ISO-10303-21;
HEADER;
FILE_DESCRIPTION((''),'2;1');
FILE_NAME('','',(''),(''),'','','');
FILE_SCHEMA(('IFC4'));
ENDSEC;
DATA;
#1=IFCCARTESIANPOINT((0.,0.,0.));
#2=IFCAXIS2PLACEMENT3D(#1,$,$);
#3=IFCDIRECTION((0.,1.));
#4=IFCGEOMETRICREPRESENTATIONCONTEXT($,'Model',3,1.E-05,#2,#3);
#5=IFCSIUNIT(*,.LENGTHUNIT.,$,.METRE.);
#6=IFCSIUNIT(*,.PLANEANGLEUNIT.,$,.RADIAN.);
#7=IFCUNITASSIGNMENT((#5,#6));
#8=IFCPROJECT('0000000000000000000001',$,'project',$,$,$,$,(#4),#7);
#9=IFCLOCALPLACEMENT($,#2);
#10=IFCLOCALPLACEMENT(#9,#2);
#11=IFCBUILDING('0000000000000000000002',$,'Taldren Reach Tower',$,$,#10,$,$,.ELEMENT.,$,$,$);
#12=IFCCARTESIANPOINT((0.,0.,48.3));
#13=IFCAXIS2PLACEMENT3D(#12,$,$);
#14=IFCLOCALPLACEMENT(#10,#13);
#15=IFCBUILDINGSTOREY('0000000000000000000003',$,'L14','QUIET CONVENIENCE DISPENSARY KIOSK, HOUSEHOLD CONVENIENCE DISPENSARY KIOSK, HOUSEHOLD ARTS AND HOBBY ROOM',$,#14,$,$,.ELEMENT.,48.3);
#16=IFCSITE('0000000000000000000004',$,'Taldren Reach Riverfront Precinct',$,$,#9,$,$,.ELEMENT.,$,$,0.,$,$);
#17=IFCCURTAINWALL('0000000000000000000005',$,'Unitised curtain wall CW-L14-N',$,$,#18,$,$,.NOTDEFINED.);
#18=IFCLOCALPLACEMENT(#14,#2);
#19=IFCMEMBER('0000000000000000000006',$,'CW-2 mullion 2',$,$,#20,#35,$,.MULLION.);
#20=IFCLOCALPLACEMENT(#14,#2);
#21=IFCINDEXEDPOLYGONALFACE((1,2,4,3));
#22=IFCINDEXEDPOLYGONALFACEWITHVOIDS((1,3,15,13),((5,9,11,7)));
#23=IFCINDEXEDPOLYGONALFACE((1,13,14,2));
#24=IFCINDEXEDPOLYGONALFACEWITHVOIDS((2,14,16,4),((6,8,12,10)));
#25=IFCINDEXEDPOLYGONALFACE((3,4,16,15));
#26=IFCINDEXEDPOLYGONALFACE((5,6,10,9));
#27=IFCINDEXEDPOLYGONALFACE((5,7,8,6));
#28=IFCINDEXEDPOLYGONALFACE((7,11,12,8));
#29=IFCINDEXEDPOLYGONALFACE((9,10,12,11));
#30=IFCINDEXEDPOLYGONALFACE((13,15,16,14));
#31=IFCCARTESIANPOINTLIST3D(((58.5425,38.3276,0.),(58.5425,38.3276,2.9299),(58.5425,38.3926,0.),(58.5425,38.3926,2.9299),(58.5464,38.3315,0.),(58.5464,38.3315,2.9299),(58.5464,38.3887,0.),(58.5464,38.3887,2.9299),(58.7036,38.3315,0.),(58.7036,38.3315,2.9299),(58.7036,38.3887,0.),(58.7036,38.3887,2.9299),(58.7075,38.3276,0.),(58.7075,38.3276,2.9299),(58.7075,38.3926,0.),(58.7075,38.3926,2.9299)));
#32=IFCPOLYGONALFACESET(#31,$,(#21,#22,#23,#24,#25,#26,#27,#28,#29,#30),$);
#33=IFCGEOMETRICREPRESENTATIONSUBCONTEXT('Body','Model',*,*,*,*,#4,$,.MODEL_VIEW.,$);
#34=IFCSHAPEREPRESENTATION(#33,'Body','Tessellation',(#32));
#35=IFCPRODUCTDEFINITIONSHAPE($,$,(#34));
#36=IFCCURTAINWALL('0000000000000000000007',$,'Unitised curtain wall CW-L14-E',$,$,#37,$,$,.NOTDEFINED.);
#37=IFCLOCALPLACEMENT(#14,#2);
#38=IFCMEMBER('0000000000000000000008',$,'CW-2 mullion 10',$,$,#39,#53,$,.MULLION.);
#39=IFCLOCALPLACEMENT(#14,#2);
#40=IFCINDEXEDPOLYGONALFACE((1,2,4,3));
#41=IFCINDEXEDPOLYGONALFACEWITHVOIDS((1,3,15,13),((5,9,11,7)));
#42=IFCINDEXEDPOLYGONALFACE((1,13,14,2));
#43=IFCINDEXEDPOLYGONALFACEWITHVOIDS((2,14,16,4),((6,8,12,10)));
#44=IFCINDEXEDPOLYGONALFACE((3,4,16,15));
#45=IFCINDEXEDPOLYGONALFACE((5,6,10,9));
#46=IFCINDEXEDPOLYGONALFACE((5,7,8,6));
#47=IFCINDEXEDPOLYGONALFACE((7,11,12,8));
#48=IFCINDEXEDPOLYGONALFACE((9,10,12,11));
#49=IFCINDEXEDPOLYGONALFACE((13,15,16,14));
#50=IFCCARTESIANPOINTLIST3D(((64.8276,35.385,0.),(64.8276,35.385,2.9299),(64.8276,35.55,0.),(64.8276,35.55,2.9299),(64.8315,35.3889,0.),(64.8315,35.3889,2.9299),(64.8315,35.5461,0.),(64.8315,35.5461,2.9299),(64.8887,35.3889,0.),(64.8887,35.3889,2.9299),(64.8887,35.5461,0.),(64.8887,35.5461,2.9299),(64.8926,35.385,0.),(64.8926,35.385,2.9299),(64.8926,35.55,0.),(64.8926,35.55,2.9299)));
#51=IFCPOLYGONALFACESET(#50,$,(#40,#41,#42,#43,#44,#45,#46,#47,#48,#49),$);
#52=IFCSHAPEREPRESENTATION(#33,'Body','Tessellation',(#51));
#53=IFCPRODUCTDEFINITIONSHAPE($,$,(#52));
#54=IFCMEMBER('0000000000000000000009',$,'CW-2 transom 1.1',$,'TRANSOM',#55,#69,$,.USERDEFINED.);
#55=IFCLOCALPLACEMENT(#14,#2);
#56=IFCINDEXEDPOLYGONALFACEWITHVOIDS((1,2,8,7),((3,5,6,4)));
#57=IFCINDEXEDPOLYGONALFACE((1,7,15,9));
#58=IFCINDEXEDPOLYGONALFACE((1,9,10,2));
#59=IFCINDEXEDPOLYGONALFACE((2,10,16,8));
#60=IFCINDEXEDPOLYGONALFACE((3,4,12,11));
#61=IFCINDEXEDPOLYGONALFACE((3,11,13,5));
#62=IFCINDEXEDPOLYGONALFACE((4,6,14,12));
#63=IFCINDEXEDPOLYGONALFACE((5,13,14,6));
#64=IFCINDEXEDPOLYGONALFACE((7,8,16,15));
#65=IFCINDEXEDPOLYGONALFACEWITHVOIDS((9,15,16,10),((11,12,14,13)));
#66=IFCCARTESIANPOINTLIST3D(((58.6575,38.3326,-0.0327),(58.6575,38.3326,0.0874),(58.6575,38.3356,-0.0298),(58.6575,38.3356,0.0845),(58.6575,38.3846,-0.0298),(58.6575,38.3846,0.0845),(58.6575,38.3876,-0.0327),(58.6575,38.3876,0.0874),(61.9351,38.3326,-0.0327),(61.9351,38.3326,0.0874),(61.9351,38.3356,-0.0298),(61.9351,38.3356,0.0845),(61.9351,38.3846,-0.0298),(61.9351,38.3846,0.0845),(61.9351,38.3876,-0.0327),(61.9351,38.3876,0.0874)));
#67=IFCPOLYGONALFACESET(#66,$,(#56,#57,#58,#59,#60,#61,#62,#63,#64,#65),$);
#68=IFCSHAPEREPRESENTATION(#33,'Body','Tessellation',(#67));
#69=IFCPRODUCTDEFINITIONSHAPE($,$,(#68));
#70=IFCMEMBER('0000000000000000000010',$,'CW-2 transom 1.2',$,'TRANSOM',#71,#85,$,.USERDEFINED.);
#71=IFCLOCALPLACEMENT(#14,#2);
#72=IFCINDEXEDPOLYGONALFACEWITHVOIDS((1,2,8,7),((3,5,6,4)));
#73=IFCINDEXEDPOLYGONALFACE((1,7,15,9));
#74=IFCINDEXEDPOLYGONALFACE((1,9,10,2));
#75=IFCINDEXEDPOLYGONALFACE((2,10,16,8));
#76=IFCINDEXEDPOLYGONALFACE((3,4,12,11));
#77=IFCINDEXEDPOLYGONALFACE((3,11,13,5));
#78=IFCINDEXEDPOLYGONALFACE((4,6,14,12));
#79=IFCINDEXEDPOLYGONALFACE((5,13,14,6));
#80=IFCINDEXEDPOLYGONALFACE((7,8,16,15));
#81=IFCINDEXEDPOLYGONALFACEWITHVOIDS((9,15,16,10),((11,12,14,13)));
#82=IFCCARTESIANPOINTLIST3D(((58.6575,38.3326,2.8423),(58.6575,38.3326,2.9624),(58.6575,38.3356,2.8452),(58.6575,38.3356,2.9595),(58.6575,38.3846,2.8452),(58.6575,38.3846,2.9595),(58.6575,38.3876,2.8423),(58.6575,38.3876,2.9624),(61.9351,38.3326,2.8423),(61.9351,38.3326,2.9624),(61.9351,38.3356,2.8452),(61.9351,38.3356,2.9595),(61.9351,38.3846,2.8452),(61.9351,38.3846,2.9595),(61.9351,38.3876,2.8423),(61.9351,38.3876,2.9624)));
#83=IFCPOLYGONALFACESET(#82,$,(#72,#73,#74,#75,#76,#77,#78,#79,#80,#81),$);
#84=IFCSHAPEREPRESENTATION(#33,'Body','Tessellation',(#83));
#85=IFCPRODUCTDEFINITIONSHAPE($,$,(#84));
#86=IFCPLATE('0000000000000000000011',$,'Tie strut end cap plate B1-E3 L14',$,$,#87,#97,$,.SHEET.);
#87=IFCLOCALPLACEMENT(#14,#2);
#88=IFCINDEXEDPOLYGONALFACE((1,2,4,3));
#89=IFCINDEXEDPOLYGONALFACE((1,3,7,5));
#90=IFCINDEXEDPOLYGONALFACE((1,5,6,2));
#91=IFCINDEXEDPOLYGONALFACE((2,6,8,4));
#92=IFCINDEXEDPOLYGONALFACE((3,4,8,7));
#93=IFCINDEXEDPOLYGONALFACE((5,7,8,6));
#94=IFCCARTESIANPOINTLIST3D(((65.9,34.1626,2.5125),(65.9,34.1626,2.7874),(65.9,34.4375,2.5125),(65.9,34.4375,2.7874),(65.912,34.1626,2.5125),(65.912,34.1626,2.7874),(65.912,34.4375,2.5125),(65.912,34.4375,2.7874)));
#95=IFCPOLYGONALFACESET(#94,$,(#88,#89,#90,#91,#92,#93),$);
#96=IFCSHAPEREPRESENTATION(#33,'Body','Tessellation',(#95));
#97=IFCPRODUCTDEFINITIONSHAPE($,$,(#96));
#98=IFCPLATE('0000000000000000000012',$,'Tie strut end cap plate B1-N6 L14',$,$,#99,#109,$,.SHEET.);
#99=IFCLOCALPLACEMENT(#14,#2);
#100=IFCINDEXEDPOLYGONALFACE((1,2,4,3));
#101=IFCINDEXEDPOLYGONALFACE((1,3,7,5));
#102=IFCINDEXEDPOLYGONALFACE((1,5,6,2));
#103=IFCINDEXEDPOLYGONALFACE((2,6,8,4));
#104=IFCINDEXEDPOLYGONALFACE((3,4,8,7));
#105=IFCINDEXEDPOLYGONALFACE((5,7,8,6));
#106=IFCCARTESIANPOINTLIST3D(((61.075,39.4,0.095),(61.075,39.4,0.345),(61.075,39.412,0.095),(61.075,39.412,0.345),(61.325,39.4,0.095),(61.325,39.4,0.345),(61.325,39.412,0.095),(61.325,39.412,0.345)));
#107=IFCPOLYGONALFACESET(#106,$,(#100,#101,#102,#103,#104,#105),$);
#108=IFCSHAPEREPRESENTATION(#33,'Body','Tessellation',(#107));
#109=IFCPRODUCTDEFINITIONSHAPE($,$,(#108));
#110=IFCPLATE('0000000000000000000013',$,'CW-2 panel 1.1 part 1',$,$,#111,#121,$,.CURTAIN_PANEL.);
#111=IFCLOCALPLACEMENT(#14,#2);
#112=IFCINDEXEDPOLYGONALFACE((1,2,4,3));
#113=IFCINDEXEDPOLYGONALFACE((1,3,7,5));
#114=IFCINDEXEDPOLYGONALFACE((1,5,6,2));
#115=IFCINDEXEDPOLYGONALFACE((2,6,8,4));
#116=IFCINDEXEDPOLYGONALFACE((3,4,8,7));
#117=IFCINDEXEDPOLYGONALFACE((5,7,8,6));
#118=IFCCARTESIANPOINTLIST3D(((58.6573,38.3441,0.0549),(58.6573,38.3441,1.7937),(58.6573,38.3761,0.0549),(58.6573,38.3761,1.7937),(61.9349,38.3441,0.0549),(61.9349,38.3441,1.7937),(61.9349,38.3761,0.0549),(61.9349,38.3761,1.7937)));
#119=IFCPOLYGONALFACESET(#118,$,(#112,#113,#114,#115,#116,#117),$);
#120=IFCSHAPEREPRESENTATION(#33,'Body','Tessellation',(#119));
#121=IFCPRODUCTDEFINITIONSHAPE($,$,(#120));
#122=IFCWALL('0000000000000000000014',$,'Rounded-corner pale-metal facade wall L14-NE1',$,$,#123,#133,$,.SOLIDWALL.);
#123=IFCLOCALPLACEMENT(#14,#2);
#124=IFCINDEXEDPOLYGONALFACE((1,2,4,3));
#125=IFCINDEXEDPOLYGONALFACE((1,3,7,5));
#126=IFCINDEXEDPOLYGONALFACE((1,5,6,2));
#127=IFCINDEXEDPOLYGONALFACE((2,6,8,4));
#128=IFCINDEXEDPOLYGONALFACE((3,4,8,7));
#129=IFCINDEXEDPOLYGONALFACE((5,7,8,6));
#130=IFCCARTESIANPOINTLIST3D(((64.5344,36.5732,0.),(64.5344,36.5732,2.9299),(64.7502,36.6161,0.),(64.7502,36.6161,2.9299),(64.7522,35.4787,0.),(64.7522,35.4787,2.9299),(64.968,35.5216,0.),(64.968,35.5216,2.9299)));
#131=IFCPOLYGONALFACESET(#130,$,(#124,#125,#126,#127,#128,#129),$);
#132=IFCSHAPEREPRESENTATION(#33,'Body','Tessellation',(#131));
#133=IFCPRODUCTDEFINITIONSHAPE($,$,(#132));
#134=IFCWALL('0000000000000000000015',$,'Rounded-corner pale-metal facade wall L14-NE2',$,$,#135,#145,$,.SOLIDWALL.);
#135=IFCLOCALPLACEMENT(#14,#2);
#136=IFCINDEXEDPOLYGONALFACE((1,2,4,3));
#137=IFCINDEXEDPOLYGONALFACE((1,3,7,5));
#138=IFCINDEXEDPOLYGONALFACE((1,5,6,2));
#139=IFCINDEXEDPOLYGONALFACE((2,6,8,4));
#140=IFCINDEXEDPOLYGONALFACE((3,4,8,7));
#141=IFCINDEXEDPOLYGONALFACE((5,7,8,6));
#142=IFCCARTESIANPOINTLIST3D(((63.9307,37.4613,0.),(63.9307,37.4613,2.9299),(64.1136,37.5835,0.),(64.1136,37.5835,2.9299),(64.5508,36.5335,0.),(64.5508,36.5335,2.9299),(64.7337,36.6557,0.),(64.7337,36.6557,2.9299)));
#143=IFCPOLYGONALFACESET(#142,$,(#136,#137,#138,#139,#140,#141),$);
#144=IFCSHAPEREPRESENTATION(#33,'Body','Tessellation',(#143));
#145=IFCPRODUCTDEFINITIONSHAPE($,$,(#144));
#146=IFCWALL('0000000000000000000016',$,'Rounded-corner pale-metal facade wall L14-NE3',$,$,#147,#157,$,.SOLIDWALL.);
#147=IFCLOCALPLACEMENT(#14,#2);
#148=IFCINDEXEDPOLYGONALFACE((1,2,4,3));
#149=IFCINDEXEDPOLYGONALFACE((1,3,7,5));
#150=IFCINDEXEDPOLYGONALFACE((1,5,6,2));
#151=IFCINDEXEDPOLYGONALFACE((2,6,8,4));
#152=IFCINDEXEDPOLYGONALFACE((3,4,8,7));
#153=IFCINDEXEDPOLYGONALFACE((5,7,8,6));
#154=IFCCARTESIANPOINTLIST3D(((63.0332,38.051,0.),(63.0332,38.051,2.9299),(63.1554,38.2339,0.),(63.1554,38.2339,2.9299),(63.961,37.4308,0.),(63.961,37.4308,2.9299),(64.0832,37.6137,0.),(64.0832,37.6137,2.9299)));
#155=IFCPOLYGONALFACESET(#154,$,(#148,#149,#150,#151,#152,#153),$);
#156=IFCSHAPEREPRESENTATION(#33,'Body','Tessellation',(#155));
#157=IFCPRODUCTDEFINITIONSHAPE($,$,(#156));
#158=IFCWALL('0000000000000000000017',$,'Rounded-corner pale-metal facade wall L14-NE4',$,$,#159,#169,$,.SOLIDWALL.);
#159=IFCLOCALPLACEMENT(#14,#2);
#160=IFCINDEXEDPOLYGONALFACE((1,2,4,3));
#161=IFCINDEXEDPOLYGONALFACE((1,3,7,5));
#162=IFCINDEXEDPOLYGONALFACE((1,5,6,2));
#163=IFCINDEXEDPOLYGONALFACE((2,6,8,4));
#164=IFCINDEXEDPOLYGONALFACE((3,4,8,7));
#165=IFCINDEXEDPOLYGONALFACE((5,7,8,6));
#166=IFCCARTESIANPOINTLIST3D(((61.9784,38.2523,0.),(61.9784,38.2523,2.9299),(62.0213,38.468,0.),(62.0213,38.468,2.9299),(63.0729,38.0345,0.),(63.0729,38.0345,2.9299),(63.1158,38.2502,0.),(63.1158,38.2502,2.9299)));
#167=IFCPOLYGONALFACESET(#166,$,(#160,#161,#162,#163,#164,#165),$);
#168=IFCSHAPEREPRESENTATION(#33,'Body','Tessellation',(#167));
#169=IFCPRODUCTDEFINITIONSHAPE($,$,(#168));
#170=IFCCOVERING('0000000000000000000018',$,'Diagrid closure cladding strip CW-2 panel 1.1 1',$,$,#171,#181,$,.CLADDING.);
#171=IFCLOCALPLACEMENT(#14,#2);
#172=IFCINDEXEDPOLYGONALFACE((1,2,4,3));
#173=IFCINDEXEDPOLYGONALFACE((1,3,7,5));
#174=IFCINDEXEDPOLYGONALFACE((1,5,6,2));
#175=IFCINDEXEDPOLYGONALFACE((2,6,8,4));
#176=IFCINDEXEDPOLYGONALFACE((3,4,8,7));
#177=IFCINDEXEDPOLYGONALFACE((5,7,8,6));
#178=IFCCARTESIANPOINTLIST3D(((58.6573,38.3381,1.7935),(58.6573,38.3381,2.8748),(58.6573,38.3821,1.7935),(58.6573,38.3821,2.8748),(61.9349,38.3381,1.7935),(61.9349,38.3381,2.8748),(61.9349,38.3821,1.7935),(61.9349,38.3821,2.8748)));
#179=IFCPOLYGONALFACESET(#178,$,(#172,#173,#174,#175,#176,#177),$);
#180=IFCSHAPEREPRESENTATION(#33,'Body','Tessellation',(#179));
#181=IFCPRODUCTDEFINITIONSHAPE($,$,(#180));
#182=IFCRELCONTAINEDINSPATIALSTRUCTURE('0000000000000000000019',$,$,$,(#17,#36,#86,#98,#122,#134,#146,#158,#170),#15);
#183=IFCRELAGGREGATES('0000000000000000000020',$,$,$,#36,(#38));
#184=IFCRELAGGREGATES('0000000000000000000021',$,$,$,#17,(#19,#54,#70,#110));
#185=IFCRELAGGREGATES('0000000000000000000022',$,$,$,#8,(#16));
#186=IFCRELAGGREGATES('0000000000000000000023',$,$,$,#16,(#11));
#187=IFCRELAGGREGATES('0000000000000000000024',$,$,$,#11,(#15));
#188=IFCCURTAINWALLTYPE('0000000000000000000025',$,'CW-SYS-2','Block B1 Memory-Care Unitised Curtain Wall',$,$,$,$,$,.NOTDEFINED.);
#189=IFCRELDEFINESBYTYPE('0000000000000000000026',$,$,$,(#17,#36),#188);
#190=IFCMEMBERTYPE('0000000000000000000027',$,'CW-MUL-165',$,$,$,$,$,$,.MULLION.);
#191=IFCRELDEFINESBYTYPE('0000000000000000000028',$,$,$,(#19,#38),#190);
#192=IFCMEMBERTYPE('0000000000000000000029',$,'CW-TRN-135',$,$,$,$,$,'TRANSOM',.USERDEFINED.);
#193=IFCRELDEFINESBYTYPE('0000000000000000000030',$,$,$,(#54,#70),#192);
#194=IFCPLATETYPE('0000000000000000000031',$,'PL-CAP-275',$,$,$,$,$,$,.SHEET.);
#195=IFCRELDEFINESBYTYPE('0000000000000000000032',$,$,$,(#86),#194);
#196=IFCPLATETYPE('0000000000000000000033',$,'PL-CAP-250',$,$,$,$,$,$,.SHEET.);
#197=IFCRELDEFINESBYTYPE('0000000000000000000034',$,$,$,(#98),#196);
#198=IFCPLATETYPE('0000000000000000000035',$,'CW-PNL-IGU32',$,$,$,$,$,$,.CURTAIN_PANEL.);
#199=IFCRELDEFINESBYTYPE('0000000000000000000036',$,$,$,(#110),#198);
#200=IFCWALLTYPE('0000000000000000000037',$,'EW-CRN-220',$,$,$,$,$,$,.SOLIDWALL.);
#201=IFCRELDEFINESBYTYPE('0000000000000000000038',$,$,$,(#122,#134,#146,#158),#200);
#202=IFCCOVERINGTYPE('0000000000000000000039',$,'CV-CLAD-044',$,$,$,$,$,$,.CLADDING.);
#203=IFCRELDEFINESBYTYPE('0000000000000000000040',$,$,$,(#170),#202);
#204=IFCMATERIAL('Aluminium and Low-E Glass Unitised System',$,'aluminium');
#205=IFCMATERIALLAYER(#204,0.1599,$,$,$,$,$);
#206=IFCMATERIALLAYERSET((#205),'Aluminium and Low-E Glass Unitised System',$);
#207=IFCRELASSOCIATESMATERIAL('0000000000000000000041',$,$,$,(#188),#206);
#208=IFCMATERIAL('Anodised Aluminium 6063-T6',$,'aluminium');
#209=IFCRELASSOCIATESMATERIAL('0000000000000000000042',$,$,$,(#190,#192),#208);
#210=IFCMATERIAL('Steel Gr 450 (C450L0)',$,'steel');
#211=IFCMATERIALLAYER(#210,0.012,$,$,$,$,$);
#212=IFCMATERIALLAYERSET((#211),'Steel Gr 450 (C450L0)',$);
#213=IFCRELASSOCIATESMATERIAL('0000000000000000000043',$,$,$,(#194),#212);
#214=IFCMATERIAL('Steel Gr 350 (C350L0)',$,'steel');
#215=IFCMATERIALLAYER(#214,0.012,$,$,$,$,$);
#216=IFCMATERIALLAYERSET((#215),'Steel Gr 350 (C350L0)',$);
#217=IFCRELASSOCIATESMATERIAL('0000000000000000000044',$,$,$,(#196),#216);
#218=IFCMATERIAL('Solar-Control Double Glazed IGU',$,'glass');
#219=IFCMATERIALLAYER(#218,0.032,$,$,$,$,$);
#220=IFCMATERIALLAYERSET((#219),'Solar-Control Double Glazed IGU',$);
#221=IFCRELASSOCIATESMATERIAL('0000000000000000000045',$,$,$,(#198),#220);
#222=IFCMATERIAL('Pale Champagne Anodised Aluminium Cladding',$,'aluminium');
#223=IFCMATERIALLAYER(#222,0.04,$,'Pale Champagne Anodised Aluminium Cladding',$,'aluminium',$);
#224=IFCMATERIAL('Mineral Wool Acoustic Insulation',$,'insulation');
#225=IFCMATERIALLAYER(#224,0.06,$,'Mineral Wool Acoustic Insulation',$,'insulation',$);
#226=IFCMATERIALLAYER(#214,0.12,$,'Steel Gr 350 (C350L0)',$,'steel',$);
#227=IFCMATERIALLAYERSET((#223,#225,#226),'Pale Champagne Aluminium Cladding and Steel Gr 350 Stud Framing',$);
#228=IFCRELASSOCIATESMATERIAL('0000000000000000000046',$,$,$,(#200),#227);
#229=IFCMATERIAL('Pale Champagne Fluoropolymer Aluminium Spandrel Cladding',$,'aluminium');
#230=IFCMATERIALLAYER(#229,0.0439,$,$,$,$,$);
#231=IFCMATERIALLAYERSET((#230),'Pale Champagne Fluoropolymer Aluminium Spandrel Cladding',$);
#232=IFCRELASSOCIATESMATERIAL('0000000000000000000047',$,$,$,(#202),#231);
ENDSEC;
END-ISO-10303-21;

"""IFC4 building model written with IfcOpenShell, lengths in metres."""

from ifc_helpers import new_model, si_unit, direction, frame, frame_2d, origin, origin_2d, place, context, subcontext, project, spatial, rectangle, hollow_rectangle, extrude, source, transform, mapped, material, layer, layer_set, material_profile, profile_set, type_object, element, aggregate, save


model = new_model("IFC4")

# Units and contexts
model_context = context("Model", 3, precision=1e-05, world=origin(), true_north=direction((0.0, 1.0)))
body_context = subcontext(model_context, "Body", "Model", "MODEL_VIEW")
ifc_project = project(units=[si_unit("LENGTHUNIT", "METRE"), si_unit("PLANEANGLEUNIT", "RADIAN")], contexts=[model_context])

# Site, building, storey
site_placement = place(None, origin())
site = spatial("IfcSite", under=ifc_project, at=site_placement, Name="Taldren Reach Riverfront Precinct", CompositionType="ELEMENT", RefElevation=0.0)
building_placement = place(site_placement, origin())
building = spatial("IfcBuilding", under=site, at=building_placement, Name="Taldren Reach Tower", CompositionType="ELEMENT")
storey_placement = place(building_placement, frame((0.0, 0.0, 48.3)))
storey = spatial("IfcBuildingStorey", under=building, at=storey_placement, Name="L14", Description="QUIET CONVENIENCE DISPENSARY KIOSK, HOUSEHOLD CONVENIENCE DISPENSARY KIOSK, HOUSEHOLD ARTS AND HOBBY ROOM", CompositionType="ELEMENT", Elevation=48.3)

# Shared definitions
ifc_material_1 = material(Name="Steel Gr 450 (C450L0)", Category="steel")
ifc_material_2 = material(Name="Steel Gr 350 (C350L0)", Category="steel")

# Curtain wall, member
ifc_material_3 = material(Name="Aluminium and Low-E Glass Unitised System", Category="aluminium")
ifc_layer_1 = layer(ifc_material_3, 0.1599)
ifc_layer_set_1 = layer_set([ifc_layer_1], Name="Aluminium and Low-E Glass Unitised System")
curtain_wall_type = type_object("IfcCurtainWallType", Name="CW-SYS-2", Description="Block B1 Memory-Care Unitised Curtain Wall", PredefinedType="NOTDEFINED", material=ifc_layer_set_1)
curtain_wall_1_placement = place(storey_placement, origin())
curtain_wall_1 = element("IfcCurtainWall", 1, at=curtain_wall_1_placement, inside=storey, type_object=curtain_wall_type, Name="Unitised curtain wall CW-L14-N", PredefinedType="NOTDEFINED")
ifc_material_4 = material(Name="Anodised Aluminium 6063-T6", Category="aluminium")
ifc_material_profile_1 = material_profile(ifc_material_4, hollow_rectangle(XDim=0.0649, YDim=0.165, WallThickness=0.0039, at=origin_2d()), Name="ALU-165x65x4RHS")
ifc_profile_set_1 = profile_set([ifc_material_profile_1], Name="Anodised Aluminium 6063-T6")
member_type_1 = type_object("IfcMemberType", Name="CW-MUL-165", PredefinedType="MULLION", material=ifc_profile_set_1)
shared_shape_1 = source(origin(), body_context, "Body", "SweptSolid", [
    extrude(hollow_rectangle(XDim=0.0649, YDim=0.165, WallThickness=0.0039, at=origin_2d()), origin(), (0.0, 0.0, 1.0), 2.9299),
])
member_1_placement = place(storey_placement, frame((58.625, 38.3601, 0.0), z_axis=(0.0, 0.0, 1.0), x_axis=(0.0, -1.0, 0.0)))
member_1 = element("IfcMember", 2, at=member_1_placement, type_object=member_type_1, Name="CW-2 mullion 2", PredefinedType="MULLION", context=body_context, shape_type="MappedRepresentation", body=[
    mapped(shared_shape_1, transform((0.0, 0.0, 0.0), scale=1.0)),
])

# Curtain wall, member
curtain_wall_2_placement = place(storey_placement, origin())
curtain_wall_2 = element("IfcCurtainWall", 3, at=curtain_wall_2_placement, inside=storey, type_object=curtain_wall_type, Name="Unitised curtain wall CW-L14-E", PredefinedType="NOTDEFINED")
member_2_placement = place(storey_placement, frame((64.8601, 35.4675, 0.0), z_axis=(0.0, 0.0, 1.0), x_axis=(-1.0, 0.0, 0.0)))
member_2 = element("IfcMember", 4, at=member_2_placement, type_object=member_type_1, Name="CW-2 mullion 10", PredefinedType="MULLION", context=body_context, shape_type="MappedRepresentation", body=[
    mapped(shared_shape_1, transform((0.0, 0.0, 0.0), scale=1.0)),
])
aggregate(curtain_wall_2, [member_2])

# Members
ifc_material_profile_2 = material_profile(ifc_material_4, hollow_rectangle(XDim=0.0549, YDim=0.1201, WallThickness=0.0029, at=origin_2d()), Name="ALU-120x55x3RHS")
ifc_profile_set_2 = profile_set([ifc_material_profile_2], Name="Anodised Aluminium 6063-T6")
member_type_2 = type_object("IfcMemberType", Name="CW-TRN-135", ElementType="TRANSOM", PredefinedType="USERDEFINED", material=ifc_profile_set_2)
shared_shape_2 = source(origin(), body_context, "Body", "SweptSolid", [
    extrude(hollow_rectangle(XDim=0.0549, YDim=0.1201, WallThickness=0.0029, at=origin_2d()), origin(), (0.0, 0.0, 1.0), 3.2776),
])
member_3_placement = place(storey_placement, frame((61.9351, 38.3601, 0.0273), z_axis=(-1.0, 0.0, 0.0), x_axis=(0.0, -1.0, 0.0)))
member_3 = element("IfcMember", 5, at=member_3_placement, type_object=member_type_2, Name="CW-2 transom 1.1", ObjectType="TRANSOM", PredefinedType="USERDEFINED", context=body_context, shape_type="MappedRepresentation", body=[
    mapped(shared_shape_2, transform((0.0, 0.0, 0.0), scale=1.0)),
])
member_4_placement = place(storey_placement, frame((61.9351, 38.3601, 2.9023), z_axis=(-1.0, 0.0, 0.0), x_axis=(0.0, -1.0, 0.0)))
member_4 = element("IfcMember", 6, at=member_4_placement, type_object=member_type_2, Name="CW-2 transom 1.2", ObjectType="TRANSOM", PredefinedType="USERDEFINED", context=body_context, shape_type="MappedRepresentation", body=[
    mapped(shared_shape_2, transform((0.0, 0.0, 0.0), scale=1.0)),
])

# Plates
ifc_layer_2 = layer(ifc_material_1, 0.012)
ifc_layer_set_2 = layer_set([ifc_layer_2], Name="Steel Gr 450 (C450L0)")
plate_type_1 = type_object("IfcPlateType", Name="PL-CAP-275", PredefinedType="SHEET", material=ifc_layer_set_2)
shared_shape_3 = source(origin(), body_context, "Body", "SweptSolid", [
    extrude(rectangle(XDim=0.012, YDim=0.2749, at=origin_2d()), origin(), (0.0, 0.0, 1.0), 0.2749),
])
plate_1_placement = place(storey_placement, frame((65.906, 34.3, 2.5125), z_axis=(0.0, 0.0, 1.0), x_axis=(1.0, 0.0, 0.0)))
element("IfcPlate", 7, at=plate_1_placement, inside=storey, type_object=plate_type_1, Name="Tie strut end cap plate B1-E3 L14", PredefinedType="SHEET", context=body_context, shape_type="MappedRepresentation", body=[
    mapped(shared_shape_3, transform((0.0, 0.0, 0.0), scale=1.0)),
])
ifc_layer_3 = layer(ifc_material_2, 0.012)
ifc_layer_set_3 = layer_set([ifc_layer_3], Name="Steel Gr 350 (C350L0)")
plate_type_2 = type_object("IfcPlateType", Name="PL-CAP-250", PredefinedType="SHEET", material=ifc_layer_set_3)
shared_shape_4 = source(origin(), body_context, "Body", "SweptSolid", [
    extrude(rectangle(XDim=0.25, YDim=0.012, at=origin_2d()), origin(), (0.0, 0.0, 1.0), 0.25),
])
plate_2_placement = place(storey_placement, frame((61.2, 39.406, 0.095), z_axis=(0.0, 0.0, 1.0), x_axis=(1.0, 0.0, 0.0)))
element("IfcPlate", 8, at=plate_2_placement, inside=storey, type_object=plate_type_2, Name="Tie strut end cap plate B1-N6 L14", PredefinedType="SHEET", context=body_context, shape_type="MappedRepresentation", body=[
    mapped(shared_shape_4, transform((0.0, 0.0, 0.0), scale=1.0)),
])

# Plate
ifc_material_5 = material(Name="Solar-Control Double Glazed IGU", Category="glass")
ifc_layer_4 = layer(ifc_material_5, 0.032)
ifc_layer_set_4 = layer_set([ifc_layer_4], Name="Solar-Control Double Glazed IGU")
plate_type_3 = type_object("IfcPlateType", Name="CW-PNL-IGU32", PredefinedType="CURTAIN_PANEL", material=ifc_layer_set_4)
shared_shape_5 = source(origin(), body_context, "Body", "SweptSolid", [
    extrude(rectangle(XDim=3.2776, YDim=0.032, at=origin_2d()), origin(), (0.0, 0.0, 1.0), 1.7388),
])
plate_3_placement = place(storey_placement, frame((60.2961, 38.3601, 0.0549), z_axis=(0.0, 0.0, 1.0), x_axis=(-1.0, 0.0, 0.0)))
plate_3 = element("IfcPlate", 9, at=plate_3_placement, type_object=plate_type_3, Name="CW-2 panel 1.1 part 1", PredefinedType="CURTAIN_PANEL", context=body_context, shape_type="MappedRepresentation", body=[
    mapped(shared_shape_5, transform((0.0, 0.0, 0.0), scale=1.0)),
])
aggregate(curtain_wall_1, [member_1, member_3, member_4, plate_3])

# Walls
ifc_material_6 = material(Name="Pale Champagne Anodised Aluminium Cladding", Category="aluminium")
ifc_layer_5 = layer(ifc_material_6, 0.04, Name="Pale Champagne Anodised Aluminium Cladding", Category="aluminium")
ifc_material_7 = material(Name="Mineral Wool Acoustic Insulation", Category="insulation")
ifc_layer_6 = layer(ifc_material_7, 0.06, Name="Mineral Wool Acoustic Insulation", Category="insulation")
ifc_layer_7 = layer(ifc_material_2, 0.12, Name="Steel Gr 350 (C350L0)", Category="steel")
ifc_layer_set_5 = layer_set([ifc_layer_5, ifc_layer_6, ifc_layer_7], Name="Pale Champagne Aluminium Cladding and Steel Gr 350 Stud Framing")
wall_type = type_object("IfcWallType", Name="EW-CRN-220", PredefinedType="SOLIDWALL", material=ifc_layer_set_5)
shared_shape_6 = source(origin(), body_context, "Body", "SweptSolid", [
    extrude(rectangle(XDim=1.116, YDim=0.22, at=frame_2d((0.5581, 0.0))), origin(), (0.0, 0.0, 1.0), 2.9299),
])
for number, where, z_axis, x_axis, name in (
    (10, (64.8601, 35.5, 0.0), (0.0, 0.0, 1.0), (-0.195148, 0.980774, 0.0), "Rounded-corner pale-metal facade wall L14-NE1"),
    (11, (64.6423, 36.5945, 0.0), (0.0, 0.0, 1.0), (-0.55571, 0.831377, 0.0), "Rounded-corner pale-metal facade wall L14-NE2"),
    (12, (64.0222, 37.5222, 0.0), (0.0, 0.0, 1.0), (-0.831377, 0.55571, 0.0), "Rounded-corner pale-metal facade wall L14-NE3"),
    (13, (63.0945, 38.1423, 0.0), (0.0, 0.0, 1.0), (-0.980774, 0.195148, 0.0), "Rounded-corner pale-metal facade wall L14-NE4"),
):
    element("IfcWall", number, at=place(storey_placement, frame(where, z_axis=z_axis, x_axis=x_axis)), inside=storey, type_object=wall_type, Name=name, PredefinedType="SOLIDWALL", context=body_context, shape_type="MappedRepresentation", body=[
        mapped(shared_shape_6, transform((0.0, 0.0, 0.0), scale=1.0)),
    ])

# Covering
ifc_material_8 = material(Name="Pale Champagne Fluoropolymer Aluminium Spandrel Cladding", Category="aluminium")
ifc_layer_8 = layer(ifc_material_8, 0.0439)
ifc_layer_set_6 = layer_set([ifc_layer_8], Name="Pale Champagne Fluoropolymer Aluminium Spandrel Cladding")
covering_type = type_object("IfcCoveringType", Name="CV-CLAD-044", PredefinedType="CLADDING", material=ifc_layer_set_6)
shared_shape_7 = source(origin(), body_context, "Body", "SweptSolid", [
    extrude(rectangle(XDim=3.2776, YDim=0.0439, at=origin_2d()), origin(), (0.0, 0.0, 1.0), 1.0813),
])
covering_placement = place(storey_placement, frame((60.2961, 38.3601, 1.7935), z_axis=(0.0, 0.0, 1.0), x_axis=(-1.0, 0.0, 0.0)))
element("IfcCovering", 14, at=covering_placement, inside=storey, type_object=covering_type, Name="Diagrid closure cladding strip CW-2 panel 1.1 1", PredefinedType="CLADDING", context=body_context, shape_type="MappedRepresentation", body=[
    mapped(shared_shape_7, transform((0.0, 0.0, 0.0), scale=1.0)),
])

save(model, "model.ifc")
